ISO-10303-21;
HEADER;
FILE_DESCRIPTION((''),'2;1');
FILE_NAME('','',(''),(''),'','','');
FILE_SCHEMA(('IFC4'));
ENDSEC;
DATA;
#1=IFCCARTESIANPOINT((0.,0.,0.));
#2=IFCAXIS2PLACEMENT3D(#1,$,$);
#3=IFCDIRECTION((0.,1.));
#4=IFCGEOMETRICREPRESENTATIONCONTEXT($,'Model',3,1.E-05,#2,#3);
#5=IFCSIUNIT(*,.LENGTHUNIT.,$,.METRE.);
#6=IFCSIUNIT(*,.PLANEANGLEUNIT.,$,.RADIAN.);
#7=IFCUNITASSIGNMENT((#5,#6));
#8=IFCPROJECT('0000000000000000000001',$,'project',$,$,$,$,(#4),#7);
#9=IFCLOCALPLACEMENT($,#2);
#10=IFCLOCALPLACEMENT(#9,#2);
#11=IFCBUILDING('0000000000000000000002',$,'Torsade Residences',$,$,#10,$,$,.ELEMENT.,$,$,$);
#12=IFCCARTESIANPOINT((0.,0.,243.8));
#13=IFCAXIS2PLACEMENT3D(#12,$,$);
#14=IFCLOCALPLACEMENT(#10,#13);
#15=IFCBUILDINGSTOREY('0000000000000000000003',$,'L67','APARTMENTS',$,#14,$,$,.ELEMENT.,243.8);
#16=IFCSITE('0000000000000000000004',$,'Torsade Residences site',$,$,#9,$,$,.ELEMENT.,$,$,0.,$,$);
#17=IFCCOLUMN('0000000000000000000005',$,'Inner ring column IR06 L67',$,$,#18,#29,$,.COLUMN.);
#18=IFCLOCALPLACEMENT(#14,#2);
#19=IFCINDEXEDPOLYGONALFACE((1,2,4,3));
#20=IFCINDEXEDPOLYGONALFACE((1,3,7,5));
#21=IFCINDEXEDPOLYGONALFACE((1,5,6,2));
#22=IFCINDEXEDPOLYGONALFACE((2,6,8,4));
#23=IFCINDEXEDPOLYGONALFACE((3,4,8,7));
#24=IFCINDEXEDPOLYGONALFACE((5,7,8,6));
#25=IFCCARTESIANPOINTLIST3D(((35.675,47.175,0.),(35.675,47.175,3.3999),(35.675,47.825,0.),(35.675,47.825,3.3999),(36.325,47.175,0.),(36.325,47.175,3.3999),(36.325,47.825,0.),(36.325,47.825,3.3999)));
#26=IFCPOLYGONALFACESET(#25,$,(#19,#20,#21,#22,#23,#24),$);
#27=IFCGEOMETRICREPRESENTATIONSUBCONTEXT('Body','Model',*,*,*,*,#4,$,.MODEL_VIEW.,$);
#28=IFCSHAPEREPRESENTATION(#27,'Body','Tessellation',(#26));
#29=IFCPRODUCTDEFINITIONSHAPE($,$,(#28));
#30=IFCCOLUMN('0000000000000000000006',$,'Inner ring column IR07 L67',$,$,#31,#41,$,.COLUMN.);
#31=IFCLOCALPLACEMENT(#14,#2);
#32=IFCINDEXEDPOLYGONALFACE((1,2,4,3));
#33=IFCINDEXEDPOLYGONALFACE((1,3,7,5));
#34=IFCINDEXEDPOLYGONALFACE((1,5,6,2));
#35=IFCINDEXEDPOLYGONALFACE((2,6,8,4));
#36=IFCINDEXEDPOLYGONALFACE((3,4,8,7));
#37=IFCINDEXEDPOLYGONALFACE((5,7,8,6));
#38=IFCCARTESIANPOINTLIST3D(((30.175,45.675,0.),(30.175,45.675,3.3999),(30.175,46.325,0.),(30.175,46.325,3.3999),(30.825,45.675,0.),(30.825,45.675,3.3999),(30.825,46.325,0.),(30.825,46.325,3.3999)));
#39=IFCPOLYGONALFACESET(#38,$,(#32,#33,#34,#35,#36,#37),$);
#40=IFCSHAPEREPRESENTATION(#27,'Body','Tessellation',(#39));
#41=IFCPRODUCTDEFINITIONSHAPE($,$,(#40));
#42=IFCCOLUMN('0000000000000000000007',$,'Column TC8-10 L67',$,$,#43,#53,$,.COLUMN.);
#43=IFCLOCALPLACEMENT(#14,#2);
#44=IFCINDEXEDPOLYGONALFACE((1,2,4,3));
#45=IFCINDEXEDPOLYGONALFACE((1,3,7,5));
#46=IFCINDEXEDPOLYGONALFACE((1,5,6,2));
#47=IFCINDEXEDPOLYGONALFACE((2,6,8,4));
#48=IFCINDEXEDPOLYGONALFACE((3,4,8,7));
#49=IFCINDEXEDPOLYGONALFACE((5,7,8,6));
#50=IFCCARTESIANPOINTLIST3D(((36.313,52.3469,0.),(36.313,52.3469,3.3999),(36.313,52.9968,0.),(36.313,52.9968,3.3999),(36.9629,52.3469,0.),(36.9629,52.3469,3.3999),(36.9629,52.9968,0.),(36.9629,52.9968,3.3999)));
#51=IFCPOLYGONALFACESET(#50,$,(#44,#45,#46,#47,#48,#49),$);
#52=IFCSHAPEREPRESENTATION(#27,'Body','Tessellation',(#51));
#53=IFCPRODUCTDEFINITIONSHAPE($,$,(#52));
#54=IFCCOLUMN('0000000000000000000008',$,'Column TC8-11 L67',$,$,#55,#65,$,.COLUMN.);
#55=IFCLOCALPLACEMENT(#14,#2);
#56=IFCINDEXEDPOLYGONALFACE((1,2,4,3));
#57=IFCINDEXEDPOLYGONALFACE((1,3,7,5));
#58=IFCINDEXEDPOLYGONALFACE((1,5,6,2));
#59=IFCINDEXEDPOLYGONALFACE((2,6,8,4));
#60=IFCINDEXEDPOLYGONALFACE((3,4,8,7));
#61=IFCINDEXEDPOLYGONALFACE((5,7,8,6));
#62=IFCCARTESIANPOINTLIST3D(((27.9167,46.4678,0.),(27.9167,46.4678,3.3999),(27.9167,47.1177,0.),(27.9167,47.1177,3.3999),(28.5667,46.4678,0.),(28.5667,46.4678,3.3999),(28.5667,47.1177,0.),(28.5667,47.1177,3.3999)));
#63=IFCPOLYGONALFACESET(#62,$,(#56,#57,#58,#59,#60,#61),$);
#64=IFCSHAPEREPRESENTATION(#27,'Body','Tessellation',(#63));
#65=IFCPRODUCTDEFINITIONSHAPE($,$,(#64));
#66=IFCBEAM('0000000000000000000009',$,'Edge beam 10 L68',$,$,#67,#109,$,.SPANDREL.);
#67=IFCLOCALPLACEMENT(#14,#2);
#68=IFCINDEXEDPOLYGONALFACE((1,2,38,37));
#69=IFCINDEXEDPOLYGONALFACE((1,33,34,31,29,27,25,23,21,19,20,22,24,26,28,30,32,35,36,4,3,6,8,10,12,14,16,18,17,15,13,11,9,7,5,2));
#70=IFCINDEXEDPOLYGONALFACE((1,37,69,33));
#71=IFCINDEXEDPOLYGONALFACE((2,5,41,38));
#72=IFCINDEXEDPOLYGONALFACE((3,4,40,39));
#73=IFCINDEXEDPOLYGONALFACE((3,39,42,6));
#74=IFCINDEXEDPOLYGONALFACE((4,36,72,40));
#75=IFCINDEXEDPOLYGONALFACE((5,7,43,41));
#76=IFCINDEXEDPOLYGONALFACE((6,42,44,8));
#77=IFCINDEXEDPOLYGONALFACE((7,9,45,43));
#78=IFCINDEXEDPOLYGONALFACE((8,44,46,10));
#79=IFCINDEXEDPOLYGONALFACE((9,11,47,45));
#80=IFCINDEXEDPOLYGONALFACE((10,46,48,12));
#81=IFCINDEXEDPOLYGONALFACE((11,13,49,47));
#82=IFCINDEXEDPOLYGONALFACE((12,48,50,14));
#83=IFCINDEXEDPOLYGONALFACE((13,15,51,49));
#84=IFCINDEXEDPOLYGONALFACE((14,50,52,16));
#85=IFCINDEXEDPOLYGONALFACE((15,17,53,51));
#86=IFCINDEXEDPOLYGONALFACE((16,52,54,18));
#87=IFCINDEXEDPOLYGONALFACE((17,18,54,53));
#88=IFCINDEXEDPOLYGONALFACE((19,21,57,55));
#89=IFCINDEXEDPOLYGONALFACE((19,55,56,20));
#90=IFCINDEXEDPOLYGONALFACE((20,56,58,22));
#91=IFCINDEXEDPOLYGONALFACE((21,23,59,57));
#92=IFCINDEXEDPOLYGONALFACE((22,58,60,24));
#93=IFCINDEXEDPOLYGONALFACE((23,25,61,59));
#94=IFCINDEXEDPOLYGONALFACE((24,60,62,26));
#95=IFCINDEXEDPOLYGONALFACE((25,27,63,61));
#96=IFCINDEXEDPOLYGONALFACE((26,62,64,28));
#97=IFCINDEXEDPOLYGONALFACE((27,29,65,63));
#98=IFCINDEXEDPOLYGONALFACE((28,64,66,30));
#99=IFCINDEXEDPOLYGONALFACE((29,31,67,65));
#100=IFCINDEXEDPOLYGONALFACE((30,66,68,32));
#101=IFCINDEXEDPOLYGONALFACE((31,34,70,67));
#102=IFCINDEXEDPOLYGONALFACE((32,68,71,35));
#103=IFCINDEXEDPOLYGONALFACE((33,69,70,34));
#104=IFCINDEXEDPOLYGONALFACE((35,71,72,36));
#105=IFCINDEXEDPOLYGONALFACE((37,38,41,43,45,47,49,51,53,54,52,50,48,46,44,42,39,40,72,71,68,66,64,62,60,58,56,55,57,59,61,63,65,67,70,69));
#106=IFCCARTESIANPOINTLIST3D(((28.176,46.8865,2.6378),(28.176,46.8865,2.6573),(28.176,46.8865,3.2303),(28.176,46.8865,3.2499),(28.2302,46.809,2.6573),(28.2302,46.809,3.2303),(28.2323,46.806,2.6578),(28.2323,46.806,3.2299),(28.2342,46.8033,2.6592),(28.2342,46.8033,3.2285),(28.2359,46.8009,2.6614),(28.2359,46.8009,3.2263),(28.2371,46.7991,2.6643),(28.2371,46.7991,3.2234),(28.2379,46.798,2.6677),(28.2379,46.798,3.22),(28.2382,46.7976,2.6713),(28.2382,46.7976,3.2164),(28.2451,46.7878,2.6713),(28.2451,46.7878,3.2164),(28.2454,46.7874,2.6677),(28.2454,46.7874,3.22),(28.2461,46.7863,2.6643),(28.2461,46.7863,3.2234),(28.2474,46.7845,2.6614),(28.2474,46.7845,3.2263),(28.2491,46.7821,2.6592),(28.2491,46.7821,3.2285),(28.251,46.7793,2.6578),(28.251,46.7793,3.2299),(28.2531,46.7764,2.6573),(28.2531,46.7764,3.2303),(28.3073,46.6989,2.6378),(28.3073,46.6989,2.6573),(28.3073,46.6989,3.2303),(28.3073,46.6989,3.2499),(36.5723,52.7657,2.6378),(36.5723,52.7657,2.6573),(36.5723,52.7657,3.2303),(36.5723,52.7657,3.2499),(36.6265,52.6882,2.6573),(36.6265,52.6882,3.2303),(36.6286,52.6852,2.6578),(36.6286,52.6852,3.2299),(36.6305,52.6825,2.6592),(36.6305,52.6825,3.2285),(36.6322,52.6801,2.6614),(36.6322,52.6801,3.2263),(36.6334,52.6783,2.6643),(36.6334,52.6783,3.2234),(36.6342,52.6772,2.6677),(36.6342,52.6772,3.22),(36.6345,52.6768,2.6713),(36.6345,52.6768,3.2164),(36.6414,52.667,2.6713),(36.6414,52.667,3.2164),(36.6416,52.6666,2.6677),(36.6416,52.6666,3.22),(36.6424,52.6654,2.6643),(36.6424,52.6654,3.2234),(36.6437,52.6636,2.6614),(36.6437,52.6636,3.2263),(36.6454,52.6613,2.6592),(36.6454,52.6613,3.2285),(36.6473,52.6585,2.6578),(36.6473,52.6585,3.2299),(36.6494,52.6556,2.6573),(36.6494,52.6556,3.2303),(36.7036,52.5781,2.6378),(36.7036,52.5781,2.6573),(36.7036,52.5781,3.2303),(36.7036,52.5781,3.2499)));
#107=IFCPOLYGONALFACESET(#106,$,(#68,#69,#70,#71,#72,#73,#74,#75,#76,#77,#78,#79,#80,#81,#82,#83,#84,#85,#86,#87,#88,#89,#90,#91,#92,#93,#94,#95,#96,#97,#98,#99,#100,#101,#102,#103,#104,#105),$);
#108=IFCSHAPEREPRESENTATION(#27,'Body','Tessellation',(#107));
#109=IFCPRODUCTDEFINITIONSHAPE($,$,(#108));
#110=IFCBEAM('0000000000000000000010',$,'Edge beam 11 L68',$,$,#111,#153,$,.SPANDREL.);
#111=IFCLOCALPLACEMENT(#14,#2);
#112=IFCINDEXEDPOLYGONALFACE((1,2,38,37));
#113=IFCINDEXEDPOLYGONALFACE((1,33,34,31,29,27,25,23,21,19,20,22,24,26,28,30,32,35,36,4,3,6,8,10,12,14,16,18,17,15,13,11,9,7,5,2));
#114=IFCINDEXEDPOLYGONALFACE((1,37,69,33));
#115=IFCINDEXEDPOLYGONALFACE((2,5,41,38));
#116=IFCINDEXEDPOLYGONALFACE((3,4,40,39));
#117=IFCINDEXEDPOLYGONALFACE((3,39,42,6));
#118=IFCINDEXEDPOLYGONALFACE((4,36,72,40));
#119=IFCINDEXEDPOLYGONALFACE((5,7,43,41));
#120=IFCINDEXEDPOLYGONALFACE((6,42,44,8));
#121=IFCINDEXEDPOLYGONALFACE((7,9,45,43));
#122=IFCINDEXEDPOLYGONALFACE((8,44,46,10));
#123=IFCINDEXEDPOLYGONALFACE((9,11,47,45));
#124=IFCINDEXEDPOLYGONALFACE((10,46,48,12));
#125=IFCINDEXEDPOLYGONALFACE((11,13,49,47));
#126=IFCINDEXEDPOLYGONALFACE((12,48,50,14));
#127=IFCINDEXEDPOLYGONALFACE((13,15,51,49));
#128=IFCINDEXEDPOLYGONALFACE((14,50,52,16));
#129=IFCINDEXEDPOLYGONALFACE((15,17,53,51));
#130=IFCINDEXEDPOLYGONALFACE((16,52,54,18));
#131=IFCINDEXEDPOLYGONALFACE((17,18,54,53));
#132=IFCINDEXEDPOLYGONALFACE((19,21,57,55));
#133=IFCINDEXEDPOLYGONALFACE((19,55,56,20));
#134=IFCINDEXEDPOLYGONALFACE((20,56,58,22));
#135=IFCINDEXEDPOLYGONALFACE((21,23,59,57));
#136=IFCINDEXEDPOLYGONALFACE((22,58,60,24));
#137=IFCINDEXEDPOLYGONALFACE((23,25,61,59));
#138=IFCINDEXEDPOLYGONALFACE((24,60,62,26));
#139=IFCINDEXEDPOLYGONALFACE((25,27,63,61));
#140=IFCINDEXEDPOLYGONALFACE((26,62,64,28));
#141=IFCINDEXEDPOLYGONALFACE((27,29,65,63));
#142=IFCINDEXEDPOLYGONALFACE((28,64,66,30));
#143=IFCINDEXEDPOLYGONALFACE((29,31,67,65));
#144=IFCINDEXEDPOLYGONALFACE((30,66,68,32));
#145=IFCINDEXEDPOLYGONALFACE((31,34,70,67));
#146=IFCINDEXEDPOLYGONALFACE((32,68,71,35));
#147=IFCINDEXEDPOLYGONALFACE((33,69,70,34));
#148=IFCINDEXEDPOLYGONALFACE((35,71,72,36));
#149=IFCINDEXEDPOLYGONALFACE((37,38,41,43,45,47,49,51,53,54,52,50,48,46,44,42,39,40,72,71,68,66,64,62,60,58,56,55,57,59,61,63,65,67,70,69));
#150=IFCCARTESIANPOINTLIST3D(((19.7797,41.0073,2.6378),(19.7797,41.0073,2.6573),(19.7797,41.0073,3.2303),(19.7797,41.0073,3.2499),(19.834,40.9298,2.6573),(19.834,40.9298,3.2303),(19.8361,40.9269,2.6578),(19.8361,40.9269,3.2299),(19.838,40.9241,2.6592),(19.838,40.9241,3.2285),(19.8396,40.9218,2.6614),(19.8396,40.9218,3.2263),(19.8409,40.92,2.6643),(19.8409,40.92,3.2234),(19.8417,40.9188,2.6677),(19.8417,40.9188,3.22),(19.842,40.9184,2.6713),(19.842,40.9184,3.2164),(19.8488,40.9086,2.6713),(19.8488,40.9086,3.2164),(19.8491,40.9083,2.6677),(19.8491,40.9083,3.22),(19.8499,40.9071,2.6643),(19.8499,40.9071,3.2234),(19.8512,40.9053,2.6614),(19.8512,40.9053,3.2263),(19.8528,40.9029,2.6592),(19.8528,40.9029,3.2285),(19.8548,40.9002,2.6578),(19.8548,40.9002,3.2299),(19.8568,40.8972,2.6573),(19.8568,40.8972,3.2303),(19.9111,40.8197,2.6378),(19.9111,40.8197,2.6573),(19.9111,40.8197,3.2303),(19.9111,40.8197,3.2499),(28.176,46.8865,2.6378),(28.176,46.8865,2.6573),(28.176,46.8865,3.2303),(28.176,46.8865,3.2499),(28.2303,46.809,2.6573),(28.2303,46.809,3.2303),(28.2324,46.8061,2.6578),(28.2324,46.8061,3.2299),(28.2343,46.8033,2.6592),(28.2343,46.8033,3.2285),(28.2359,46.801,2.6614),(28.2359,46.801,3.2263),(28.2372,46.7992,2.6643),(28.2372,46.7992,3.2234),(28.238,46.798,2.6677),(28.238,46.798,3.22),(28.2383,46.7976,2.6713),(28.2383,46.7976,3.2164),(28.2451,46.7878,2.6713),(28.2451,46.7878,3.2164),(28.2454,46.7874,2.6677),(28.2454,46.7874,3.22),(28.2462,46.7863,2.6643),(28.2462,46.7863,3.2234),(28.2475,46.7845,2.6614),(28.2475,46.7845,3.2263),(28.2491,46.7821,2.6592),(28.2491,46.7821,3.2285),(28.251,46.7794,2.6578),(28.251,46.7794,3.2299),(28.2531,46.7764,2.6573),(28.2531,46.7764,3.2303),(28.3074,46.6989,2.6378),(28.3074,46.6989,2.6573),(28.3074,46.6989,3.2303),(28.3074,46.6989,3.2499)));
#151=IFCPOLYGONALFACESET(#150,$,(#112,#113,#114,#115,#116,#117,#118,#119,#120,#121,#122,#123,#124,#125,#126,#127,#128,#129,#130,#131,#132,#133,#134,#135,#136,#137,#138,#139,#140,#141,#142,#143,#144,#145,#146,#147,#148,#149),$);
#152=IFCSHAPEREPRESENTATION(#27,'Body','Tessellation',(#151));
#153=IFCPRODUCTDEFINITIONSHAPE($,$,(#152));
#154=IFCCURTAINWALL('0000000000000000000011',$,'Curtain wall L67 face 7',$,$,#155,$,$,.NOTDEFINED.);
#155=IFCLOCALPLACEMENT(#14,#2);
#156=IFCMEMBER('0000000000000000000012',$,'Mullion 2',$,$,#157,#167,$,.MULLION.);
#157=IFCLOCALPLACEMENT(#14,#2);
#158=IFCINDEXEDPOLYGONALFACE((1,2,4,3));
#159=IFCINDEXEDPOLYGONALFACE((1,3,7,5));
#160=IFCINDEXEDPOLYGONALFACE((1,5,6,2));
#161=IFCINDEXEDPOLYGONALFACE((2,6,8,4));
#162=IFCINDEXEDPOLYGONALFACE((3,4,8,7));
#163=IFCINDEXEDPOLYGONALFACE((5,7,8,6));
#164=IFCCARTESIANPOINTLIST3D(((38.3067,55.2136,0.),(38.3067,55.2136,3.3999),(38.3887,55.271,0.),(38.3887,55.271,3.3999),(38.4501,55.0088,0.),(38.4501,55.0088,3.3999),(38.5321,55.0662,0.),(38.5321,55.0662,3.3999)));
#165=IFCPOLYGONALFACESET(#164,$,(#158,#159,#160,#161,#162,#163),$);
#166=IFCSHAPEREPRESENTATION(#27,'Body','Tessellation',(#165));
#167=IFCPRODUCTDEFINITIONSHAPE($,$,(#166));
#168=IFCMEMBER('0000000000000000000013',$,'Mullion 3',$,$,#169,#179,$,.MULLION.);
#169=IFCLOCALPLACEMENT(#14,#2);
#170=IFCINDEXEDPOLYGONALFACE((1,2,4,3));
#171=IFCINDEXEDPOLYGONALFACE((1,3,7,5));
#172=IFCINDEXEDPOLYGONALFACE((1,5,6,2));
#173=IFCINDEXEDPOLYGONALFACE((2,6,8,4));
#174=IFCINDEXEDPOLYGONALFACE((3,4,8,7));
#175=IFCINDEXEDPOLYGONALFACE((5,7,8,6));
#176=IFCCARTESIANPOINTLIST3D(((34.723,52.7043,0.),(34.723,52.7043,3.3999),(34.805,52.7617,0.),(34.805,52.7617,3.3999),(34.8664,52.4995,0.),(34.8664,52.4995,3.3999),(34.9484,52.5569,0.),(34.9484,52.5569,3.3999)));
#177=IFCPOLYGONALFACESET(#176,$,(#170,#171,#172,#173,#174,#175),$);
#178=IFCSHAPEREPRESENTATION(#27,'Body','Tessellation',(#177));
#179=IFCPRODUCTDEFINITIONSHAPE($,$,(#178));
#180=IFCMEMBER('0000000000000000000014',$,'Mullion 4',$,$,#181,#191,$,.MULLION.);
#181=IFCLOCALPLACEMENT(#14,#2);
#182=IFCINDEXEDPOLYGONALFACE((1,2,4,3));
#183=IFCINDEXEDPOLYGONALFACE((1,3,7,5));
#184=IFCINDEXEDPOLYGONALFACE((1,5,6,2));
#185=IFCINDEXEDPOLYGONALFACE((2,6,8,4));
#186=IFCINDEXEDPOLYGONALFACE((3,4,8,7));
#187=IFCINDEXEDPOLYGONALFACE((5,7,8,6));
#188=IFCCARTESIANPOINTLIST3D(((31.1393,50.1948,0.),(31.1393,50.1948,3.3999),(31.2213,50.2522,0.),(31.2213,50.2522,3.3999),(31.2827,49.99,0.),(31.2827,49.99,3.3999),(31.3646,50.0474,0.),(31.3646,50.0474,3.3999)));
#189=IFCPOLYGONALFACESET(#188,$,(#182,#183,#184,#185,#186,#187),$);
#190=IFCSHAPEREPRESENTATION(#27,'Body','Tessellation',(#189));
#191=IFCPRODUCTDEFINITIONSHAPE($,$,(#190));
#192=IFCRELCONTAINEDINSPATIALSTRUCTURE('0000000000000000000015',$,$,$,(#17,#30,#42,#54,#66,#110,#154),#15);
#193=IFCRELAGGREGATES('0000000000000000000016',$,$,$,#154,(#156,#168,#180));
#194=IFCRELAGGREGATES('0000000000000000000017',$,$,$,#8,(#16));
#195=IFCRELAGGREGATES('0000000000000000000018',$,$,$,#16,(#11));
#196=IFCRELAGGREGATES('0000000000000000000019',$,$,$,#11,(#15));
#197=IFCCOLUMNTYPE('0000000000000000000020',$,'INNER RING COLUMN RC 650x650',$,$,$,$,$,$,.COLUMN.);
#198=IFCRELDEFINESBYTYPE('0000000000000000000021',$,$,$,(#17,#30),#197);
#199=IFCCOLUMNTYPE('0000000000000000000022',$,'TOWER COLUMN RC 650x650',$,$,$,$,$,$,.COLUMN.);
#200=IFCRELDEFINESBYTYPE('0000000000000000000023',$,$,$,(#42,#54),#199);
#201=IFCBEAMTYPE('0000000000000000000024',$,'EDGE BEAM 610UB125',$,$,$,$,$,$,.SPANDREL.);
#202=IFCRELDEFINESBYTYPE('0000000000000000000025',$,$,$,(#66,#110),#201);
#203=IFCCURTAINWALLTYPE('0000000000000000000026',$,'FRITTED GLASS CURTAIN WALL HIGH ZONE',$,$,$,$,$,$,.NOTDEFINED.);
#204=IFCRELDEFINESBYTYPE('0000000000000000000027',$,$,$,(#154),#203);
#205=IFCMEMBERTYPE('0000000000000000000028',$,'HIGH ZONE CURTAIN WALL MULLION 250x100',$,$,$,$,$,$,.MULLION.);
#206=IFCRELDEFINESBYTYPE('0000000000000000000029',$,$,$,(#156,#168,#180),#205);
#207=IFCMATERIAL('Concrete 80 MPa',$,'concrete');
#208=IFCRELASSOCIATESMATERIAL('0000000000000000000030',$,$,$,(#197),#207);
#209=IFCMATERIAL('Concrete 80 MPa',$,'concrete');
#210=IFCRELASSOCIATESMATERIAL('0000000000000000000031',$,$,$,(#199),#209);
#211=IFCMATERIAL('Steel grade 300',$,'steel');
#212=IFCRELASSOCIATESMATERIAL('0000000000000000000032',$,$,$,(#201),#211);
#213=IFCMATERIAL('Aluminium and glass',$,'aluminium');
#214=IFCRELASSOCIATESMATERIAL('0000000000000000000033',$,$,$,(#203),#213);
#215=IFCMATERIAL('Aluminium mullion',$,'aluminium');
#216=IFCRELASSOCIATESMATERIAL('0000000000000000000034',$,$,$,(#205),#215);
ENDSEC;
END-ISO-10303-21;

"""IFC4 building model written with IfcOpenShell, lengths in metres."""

from ifc_helpers import new_model, si_unit, direction, frame, origin, origin_2d, place, context, subcontext, project, spatial, rectangle, i_section, extrude, material, material_profile, profile_set, type_object, element, aggregate, save


model = new_model("IFC4")

# Units and contexts
model_context = context("Model", 3, precision=1e-05, world=origin(), true_north=direction((0.0, 1.0)))
body_context = subcontext(model_context, "Body", "Model", "MODEL_VIEW")
ifc_project = project(units=[si_unit("LENGTHUNIT", "METRE"), si_unit("PLANEANGLEUNIT", "RADIAN")], contexts=[model_context])

# Site, building, storey
site_placement = place(None, origin())
site = spatial("IfcSite", under=ifc_project, at=site_placement, Name="Torsade Residences site", CompositionType="ELEMENT", RefElevation=0.0)
building_placement = place(site_placement, origin())
building = spatial("IfcBuilding", under=site, at=building_placement, Name="Torsade Residences", CompositionType="ELEMENT")
storey_placement = place(building_placement, frame((0.0, 0.0, 243.8)))
storey = spatial("IfcBuildingStorey", under=building, at=storey_placement, Name="L67", Description="APARTMENTS", CompositionType="ELEMENT", Elevation=243.8)

# Columns
ifc_material_1 = material(Name="Concrete 80 MPa", Category="concrete")
ifc_material_profile_1 = material_profile(ifc_material_1, rectangle(XDim=0.6499, YDim=0.6499, at=origin_2d()), Name="RC 650x650")
ifc_profile_set_1 = profile_set([ifc_material_profile_1], Name="Concrete 80 MPa")
column_type_1 = type_object("IfcColumnType", Name="INNER RING COLUMN RC 650x650", PredefinedType="COLUMN", material=ifc_profile_set_1)
for number, where, z_axis, x_axis, name in (
    (1, (36.0, 47.5, 0.0), (0.0, 0.0, 1.0), (1.0, 0.0, 0.0), "Inner ring column IR06 L67"),
    (2, (30.5, 46.0, 0.0), (0.0, 0.0, 1.0), (1.0, 0.0, 0.0), "Inner ring column IR07 L67"),
):
    element("IfcColumn", number, at=place(storey_placement, frame(where, z_axis=z_axis, x_axis=x_axis)), inside=storey, type_object=column_type_1, Name=name, PredefinedType="COLUMN", context=body_context, shape_type="SweptSolid", body=[
        extrude(rectangle(XDim=0.6499, YDim=0.6499, at=origin_2d()), origin(), (0.0, 0.0, 1.0), 3.3999),
    ])
ifc_material_2 = material(Name="Concrete 80 MPa", Category="concrete")
ifc_material_profile_2 = material_profile(ifc_material_2, rectangle(XDim=0.6499, YDim=0.6499, at=origin_2d()), Name="RC 650x650")
ifc_profile_set_2 = profile_set([ifc_material_profile_2], Name="Concrete 80 MPa")
column_type_2 = type_object("IfcColumnType", Name="TOWER COLUMN RC 650x650", PredefinedType="COLUMN", material=ifc_profile_set_2)
for number, where, z_axis, x_axis, name in (
    (3, (36.6379, 52.6719, 0.0), (0.0, 0.0, 1.0), (1.0, 0.0, 0.0), "Column TC8-10 L67"),
    (4, (28.2417, 46.7927, 0.0), (0.0, 0.0, 1.0), (1.0, 0.0, 0.0), "Column TC8-11 L67"),
):
    element("IfcColumn", number, at=place(storey_placement, frame(where, z_axis=z_axis, x_axis=x_axis)), inside=storey, type_object=column_type_2, Name=name, PredefinedType="COLUMN", context=body_context, shape_type="SweptSolid", body=[
        extrude(rectangle(XDim=0.6499, YDim=0.6499, at=origin_2d()), origin(), (0.0, 0.0, 1.0), 3.3999),
    ])

# Beams
ifc_material_3 = material(Name="Steel grade 300", Category="steel")
ifc_material_profile_3 = material_profile(ifc_material_3, i_section(OverallWidth=0.229, OverallDepth=0.6121, WebThickness=0.012, FlangeThickness=0.0195, FilletRadius=0.0139, at=origin_2d()), Name="610UB125")
ifc_profile_set_3 = profile_set([ifc_material_profile_3], Name="Steel grade 300")
beam_type_1 = type_object("IfcBeamType", Name="EDGE BEAM 610UB125", PredefinedType="SPANDREL", material=ifc_profile_set_3)
for number, where, z_axis, x_axis, name in (
    (5, (36.6379, 52.6719, 2.9438), (-0.81915, -0.573579, 0.0), (0.573579, -0.81915, 0.0), "Edge beam 10 L68"),
    (6, (28.2417, 46.7927, 2.9438), (-0.81915, -0.573579, 0.0), (0.573579, -0.81915, 0.0), "Edge beam 11 L68"),
):
    element("IfcBeam", number, at=place(storey_placement, frame(where, z_axis=z_axis, x_axis=x_axis)), inside=storey, type_object=beam_type_1, Name=name, PredefinedType="SPANDREL", context=body_context, shape_type="SweptSolid", body=[
        extrude(i_section(OverallWidth=0.229, OverallDepth=0.6121, WebThickness=0.012, FlangeThickness=0.0195, FilletRadius=0.0139, at=origin_2d()), origin(), (0.0, 0.0, 1.0), 10.25),
    ])

# Curtain wall, members
ifc_material_4 = material(Name="Aluminium and glass", Category="aluminium")
curtain_wall_type = type_object("IfcCurtainWallType", Name="FRITTED GLASS CURTAIN WALL HIGH ZONE", PredefinedType="NOTDEFINED", material=ifc_material_4)
curtain_wall_placement = place(storey_placement, origin())
curtain_wall = element("IfcCurtainWall", 7, at=curtain_wall_placement, inside=storey, type_object=curtain_wall_type, Name="Curtain wall L67 face 7", PredefinedType="NOTDEFINED")
ifc_material_5 = material(Name="Aluminium mullion", Category="aluminium")
ifc_material_profile_4 = material_profile(ifc_material_5, rectangle(XDim=0.25, YDim=0.1001, at=origin_2d()), Name="HIGH ZONE CURTAIN WALL MULLION 250x100")
ifc_profile_set_4 = profile_set([ifc_material_profile_4], Name="Aluminium mullion")
member_type_1 = type_object("IfcMemberType", Name="HIGH ZONE CURTAIN WALL MULLION 250x100", PredefinedType="MULLION", material=ifc_profile_set_4)
member_1_placement = place(storey_placement, frame((38.4194, 55.1399, 0.0), z_axis=(0.0, 0.0, 1.0), x_axis=(0.573576, -0.819152, 0.0)))
member_1 = element("IfcMember", 8, at=member_1_placement, type_object=member_type_1, Name="Mullion 2", PredefinedType="MULLION", context=body_context, shape_type="SweptSolid", body=[
    extrude(rectangle(XDim=0.25, YDim=0.1001, at=origin_2d()), origin(), (0.0, 0.0, 1.0), 3.3999),
])
member_2_placement = place(storey_placement, frame((34.8357, 52.6306, 0.0), z_axis=(0.0, 0.0, 1.0), x_axis=(0.573576, -0.819152, 0.0)))
member_2 = element("IfcMember", 9, at=member_2_placement, type_object=member_type_1, Name="Mullion 3", PredefinedType="MULLION", context=body_context, shape_type="SweptSolid", body=[
    extrude(rectangle(XDim=0.25, YDim=0.1001, at=origin_2d()), origin(), (0.0, 0.0, 1.0), 3.3999),
])
member_3_placement = place(storey_placement, frame((31.252, 50.1211, 0.0), z_axis=(0.0, 0.0, 1.0), x_axis=(0.573576, -0.819152, 0.0)))
member_3 = element("IfcMember", 10, at=member_3_placement, type_object=member_type_1, Name="Mullion 4", PredefinedType="MULLION", context=body_context, shape_type="SweptSolid", body=[
    extrude(rectangle(XDim=0.25, YDim=0.1001, at=origin_2d()), origin(), (0.0, 0.0, 1.0), 3.3999),
])

aggregate(curtain_wall, [member_1, member_2, member_3])

save(model, "model.ifc")
